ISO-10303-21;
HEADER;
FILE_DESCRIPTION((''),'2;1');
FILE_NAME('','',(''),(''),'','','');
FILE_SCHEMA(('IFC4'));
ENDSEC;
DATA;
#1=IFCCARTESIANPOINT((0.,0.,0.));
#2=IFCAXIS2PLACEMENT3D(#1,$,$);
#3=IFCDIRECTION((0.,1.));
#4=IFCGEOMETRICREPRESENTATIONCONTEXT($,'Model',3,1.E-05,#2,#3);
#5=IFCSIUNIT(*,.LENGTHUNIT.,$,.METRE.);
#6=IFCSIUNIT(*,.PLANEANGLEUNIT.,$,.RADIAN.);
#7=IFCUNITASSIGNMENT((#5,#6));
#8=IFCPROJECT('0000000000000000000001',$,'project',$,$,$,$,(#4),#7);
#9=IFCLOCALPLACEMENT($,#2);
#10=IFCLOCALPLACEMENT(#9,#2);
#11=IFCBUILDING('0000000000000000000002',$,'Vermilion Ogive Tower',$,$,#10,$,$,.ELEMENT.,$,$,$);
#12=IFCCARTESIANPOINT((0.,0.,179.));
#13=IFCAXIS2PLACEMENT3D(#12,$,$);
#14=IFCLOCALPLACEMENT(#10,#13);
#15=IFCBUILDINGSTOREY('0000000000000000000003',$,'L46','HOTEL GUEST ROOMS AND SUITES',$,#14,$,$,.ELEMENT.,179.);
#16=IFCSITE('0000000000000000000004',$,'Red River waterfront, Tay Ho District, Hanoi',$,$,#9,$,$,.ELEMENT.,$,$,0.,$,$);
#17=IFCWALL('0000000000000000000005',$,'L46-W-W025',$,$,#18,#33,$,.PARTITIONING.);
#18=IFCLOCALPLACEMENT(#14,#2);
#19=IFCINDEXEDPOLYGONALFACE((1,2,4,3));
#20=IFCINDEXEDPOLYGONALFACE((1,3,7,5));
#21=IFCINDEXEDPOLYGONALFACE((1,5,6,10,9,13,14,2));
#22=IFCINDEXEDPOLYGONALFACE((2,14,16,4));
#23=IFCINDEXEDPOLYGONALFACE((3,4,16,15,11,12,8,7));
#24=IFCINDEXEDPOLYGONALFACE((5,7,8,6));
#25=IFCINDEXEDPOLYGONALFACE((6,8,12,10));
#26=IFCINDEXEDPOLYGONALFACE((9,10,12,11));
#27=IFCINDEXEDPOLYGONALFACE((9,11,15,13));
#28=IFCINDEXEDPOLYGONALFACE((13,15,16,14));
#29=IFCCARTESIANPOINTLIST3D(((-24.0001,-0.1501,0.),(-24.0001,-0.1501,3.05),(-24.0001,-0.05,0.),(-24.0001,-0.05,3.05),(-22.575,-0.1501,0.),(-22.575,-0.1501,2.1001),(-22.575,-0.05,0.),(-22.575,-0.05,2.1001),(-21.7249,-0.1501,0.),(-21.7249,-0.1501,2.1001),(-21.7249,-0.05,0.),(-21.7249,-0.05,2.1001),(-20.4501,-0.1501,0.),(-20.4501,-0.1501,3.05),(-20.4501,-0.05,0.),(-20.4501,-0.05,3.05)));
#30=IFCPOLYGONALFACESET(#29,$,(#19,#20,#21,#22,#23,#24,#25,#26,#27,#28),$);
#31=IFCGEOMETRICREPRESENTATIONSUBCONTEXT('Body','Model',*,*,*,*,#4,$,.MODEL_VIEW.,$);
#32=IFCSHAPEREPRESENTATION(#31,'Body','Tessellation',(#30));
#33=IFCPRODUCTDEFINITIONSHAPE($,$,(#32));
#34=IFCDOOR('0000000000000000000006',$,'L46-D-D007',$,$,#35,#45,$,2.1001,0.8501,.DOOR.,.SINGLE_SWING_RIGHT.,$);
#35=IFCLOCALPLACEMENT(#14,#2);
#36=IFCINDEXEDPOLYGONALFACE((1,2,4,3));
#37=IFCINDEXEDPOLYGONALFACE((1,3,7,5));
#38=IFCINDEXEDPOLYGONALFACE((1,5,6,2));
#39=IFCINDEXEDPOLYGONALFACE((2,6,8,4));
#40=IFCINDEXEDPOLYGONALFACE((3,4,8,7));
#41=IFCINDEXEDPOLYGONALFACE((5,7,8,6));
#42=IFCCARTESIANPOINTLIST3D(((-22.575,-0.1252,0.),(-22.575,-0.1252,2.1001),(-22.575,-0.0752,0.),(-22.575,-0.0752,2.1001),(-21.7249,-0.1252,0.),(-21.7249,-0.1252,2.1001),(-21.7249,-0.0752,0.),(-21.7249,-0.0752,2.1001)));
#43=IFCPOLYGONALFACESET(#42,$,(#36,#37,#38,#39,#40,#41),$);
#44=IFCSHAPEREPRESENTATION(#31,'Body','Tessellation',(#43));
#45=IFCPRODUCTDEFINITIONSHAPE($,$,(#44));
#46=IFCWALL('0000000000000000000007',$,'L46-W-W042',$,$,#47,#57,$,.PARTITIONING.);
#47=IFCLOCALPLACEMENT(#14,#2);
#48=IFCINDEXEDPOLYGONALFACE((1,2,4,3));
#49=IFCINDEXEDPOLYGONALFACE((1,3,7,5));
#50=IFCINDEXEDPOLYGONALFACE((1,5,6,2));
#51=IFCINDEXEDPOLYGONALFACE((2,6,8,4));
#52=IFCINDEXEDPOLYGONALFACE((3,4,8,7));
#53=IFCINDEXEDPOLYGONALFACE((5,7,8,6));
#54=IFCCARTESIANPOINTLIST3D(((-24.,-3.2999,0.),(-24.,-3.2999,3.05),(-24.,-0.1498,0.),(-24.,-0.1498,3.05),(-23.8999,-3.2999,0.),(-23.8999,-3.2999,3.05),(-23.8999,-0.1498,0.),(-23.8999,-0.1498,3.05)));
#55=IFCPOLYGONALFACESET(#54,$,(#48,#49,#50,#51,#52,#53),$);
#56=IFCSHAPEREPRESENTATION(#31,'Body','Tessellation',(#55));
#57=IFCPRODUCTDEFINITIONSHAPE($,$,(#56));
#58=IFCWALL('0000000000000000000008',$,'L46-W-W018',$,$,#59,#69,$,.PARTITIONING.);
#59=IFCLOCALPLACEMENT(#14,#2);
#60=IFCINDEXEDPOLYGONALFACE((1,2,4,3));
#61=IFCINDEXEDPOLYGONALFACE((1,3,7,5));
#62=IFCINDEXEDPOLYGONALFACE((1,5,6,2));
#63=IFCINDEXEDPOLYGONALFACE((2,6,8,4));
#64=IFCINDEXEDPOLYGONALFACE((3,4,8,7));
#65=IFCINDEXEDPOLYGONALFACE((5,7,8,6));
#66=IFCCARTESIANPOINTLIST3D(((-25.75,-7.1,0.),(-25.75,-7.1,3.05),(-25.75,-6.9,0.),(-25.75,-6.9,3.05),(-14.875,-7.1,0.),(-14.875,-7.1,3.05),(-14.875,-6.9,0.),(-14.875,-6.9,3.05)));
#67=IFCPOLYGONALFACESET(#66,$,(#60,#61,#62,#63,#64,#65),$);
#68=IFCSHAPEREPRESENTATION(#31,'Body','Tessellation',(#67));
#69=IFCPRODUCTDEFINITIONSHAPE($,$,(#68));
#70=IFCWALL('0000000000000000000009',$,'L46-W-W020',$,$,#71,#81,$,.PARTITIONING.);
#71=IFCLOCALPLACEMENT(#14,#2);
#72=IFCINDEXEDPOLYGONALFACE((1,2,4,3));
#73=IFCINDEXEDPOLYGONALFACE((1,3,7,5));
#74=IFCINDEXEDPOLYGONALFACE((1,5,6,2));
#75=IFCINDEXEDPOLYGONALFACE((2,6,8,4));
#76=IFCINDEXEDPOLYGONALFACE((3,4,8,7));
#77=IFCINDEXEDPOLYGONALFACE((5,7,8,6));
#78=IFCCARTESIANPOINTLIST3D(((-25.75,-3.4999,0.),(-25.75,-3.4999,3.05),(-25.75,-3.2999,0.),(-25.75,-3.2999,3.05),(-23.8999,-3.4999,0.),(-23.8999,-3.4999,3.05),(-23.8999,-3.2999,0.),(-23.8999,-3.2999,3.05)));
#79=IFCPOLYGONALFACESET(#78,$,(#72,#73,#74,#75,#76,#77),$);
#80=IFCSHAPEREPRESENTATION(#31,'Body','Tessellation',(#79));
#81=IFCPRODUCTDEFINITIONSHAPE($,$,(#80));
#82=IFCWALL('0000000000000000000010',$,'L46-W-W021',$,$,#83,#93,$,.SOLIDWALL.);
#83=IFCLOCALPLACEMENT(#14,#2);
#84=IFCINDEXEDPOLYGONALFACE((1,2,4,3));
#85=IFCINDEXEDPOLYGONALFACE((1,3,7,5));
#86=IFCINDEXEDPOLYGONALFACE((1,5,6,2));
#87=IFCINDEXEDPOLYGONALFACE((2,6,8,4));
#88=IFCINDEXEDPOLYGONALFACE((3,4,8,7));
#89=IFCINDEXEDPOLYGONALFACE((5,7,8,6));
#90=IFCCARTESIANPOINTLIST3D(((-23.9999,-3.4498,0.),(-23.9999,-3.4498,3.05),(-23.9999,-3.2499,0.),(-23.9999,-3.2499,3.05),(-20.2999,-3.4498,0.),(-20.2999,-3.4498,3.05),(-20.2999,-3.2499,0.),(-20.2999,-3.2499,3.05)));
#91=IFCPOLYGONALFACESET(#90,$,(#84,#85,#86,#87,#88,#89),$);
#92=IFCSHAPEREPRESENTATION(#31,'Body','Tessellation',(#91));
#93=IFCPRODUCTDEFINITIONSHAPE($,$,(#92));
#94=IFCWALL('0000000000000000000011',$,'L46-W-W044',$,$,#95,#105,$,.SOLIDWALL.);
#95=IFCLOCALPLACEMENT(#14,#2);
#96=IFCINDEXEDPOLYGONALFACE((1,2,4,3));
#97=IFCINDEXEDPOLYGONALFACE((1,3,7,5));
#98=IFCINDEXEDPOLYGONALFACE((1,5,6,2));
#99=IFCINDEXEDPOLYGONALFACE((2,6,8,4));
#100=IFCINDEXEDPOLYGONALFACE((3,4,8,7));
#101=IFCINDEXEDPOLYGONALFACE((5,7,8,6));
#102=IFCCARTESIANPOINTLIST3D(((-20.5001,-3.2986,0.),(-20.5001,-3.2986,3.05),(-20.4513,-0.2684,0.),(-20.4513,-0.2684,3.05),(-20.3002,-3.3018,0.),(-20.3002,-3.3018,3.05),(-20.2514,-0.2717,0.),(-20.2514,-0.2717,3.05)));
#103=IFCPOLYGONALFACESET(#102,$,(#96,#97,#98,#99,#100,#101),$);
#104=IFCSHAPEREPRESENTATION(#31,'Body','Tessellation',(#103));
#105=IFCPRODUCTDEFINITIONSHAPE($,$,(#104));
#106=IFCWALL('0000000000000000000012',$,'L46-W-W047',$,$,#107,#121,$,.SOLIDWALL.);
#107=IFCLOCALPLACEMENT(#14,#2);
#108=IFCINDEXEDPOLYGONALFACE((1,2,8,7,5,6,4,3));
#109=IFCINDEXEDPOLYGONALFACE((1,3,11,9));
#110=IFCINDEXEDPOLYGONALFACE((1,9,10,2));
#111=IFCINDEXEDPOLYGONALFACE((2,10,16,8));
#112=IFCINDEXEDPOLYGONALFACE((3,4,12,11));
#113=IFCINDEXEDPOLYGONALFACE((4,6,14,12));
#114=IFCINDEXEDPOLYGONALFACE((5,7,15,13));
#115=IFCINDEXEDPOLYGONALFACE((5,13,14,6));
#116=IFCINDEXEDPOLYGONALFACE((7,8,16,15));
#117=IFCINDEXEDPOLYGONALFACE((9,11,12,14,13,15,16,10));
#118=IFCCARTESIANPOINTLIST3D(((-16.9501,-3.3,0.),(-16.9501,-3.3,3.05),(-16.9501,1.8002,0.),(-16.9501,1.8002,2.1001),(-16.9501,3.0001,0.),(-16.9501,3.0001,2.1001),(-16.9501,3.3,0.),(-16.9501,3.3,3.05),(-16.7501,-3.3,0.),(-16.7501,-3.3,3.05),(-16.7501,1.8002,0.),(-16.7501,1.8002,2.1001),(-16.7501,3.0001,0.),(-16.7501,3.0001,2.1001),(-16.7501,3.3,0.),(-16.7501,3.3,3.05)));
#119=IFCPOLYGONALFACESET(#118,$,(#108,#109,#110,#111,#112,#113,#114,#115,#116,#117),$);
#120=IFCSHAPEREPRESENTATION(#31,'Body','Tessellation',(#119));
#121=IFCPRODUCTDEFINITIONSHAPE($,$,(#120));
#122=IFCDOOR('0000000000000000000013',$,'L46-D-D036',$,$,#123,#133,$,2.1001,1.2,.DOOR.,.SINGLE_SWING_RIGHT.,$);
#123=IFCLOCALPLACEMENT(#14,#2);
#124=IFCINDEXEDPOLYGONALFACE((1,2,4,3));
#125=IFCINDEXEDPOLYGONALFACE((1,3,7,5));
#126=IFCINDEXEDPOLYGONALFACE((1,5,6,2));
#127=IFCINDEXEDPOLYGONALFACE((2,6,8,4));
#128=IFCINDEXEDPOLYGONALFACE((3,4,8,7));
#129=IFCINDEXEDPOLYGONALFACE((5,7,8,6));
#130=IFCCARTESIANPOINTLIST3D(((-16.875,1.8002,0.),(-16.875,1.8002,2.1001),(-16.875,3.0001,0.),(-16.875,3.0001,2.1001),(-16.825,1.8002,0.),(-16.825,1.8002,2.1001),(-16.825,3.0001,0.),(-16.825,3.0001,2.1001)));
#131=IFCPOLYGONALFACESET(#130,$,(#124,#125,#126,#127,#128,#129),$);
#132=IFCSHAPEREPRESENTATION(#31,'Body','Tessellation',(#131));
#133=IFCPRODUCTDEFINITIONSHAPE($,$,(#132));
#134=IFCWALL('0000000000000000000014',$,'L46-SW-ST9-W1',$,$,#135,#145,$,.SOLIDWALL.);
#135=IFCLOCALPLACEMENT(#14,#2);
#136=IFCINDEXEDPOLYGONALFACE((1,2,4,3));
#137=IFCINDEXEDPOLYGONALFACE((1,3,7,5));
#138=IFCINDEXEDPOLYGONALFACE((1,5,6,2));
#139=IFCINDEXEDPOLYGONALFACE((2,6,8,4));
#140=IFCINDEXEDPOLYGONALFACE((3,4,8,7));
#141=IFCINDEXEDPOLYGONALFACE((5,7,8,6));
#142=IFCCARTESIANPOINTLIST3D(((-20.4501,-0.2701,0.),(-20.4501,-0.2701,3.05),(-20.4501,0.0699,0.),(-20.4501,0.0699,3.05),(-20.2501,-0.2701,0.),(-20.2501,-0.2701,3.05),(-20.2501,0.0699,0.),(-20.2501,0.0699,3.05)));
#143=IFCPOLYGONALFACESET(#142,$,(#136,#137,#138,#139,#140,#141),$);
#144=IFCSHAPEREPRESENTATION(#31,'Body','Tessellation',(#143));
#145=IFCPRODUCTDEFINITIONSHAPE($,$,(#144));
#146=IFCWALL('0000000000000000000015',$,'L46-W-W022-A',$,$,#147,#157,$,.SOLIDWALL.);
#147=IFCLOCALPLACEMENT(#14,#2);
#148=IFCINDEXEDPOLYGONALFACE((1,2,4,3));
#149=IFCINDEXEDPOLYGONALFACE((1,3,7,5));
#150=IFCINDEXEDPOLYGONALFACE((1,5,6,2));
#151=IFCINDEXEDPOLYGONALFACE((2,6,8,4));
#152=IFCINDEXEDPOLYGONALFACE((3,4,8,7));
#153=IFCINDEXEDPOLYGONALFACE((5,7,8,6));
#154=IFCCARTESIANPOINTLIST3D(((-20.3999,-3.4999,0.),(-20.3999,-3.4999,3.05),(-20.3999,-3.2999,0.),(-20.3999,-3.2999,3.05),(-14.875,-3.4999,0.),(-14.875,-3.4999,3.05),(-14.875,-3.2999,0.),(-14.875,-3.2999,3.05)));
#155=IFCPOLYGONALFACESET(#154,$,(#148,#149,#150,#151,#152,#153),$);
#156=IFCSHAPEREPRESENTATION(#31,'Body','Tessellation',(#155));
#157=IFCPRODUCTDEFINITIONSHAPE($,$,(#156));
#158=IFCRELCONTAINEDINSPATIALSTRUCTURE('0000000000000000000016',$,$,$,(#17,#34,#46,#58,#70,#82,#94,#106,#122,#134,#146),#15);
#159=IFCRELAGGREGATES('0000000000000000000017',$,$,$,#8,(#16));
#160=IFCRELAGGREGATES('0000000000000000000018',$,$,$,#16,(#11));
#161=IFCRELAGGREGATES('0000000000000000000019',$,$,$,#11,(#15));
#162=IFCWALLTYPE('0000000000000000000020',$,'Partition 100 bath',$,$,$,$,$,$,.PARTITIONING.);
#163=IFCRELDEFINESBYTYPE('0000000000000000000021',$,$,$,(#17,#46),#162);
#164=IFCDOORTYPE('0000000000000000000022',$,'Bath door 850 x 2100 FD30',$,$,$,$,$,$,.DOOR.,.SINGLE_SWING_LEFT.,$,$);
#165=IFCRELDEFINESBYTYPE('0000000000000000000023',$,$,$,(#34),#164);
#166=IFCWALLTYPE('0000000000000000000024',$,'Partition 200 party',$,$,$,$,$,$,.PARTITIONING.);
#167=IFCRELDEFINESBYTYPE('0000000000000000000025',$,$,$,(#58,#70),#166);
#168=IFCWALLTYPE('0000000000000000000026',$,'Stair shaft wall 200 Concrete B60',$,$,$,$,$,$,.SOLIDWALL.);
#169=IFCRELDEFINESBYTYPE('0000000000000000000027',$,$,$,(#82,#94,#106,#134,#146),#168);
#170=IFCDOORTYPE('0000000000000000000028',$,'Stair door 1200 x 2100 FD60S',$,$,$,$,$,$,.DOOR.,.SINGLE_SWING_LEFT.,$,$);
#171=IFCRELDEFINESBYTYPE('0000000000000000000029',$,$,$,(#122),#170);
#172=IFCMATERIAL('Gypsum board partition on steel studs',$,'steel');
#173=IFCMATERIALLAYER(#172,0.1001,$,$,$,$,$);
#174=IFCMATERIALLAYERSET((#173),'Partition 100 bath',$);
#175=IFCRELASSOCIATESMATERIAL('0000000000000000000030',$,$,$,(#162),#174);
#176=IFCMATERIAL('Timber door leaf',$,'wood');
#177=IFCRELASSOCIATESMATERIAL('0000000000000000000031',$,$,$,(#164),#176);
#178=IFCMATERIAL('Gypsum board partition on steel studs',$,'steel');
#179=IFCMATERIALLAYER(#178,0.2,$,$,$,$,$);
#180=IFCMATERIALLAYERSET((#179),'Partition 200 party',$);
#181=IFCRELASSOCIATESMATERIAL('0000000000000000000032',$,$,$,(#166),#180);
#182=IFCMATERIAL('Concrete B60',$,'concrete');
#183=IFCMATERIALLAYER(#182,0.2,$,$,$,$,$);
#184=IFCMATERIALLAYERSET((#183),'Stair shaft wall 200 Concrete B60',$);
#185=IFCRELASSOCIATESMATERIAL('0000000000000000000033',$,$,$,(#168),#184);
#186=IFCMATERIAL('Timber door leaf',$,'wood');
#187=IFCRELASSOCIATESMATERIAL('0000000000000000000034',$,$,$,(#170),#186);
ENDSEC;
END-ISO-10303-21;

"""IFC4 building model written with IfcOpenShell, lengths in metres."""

from ifc_helpers import new_model, si_unit, direction, frame, frame_2d, origin, place, context, subcontext, project, spatial, rectangle, extrude, material, layer, layer_set, type_object, element, fill, save


model = new_model("IFC4")

# Units and contexts
model_context = context("Model", 3, precision=1e-05, world=origin(), true_north=direction((0.0, 1.0)))
body_context = subcontext(model_context, "Body", "Model", "MODEL_VIEW")
ifc_project = project(units=[si_unit("LENGTHUNIT", "METRE"), si_unit("PLANEANGLEUNIT", "RADIAN")], contexts=[model_context])

# Site, building, storey
site_placement = place(None, origin())
site = spatial("IfcSite", under=ifc_project, at=site_placement, Name="Red River waterfront, Tay Ho District, Hanoi", CompositionType="ELEMENT", RefElevation=0.0)
building_placement = place(site_placement, origin())
building = spatial("IfcBuilding", under=site, at=building_placement, Name="Vermilion Ogive Tower", CompositionType="ELEMENT")
storey_placement = place(building_placement, frame((0.0, 0.0, 179.0)))
storey = spatial("IfcBuildingStorey", under=building, at=storey_placement, Name="L46", Description="HOTEL GUEST ROOMS AND SUITES", CompositionType="ELEMENT", Elevation=179.0)

# Wall, opening, door
ifc_material_1 = material(Name="Gypsum board partition on steel studs", Category="steel")
ifc_layer_1 = layer(ifc_material_1, 0.1001)
ifc_layer_set_1 = layer_set([ifc_layer_1], Name="Partition 100 bath")
wall_type_1 = type_object("IfcWallType", Name="Partition 100 bath", PredefinedType="PARTITIONING", material=ifc_layer_set_1)
wall_1_placement = place(storey_placement, frame((-24.0, -0.1001, 0.0), z_axis=(0.0, 0.0, 1.0), x_axis=(1.0, 0.0, 0.0)))
wall_1 = element("IfcWall", 1, at=wall_1_placement, inside=storey, type_object=wall_type_1, Name="L46-W-W025", PredefinedType="PARTITIONING", context=body_context, shape_type="SweptSolid", body=[
    extrude(rectangle(XDim=3.55, YDim=0.1001, at=frame_2d((1.7749, 0.0))), origin(), (0.0, 0.0, 1.0), 3.05),
])
opening_1_placement = place(wall_1_placement, frame((1.425, 0.0, 0.0)))
opening_1 = element("IfcOpeningElement", 2, at=opening_1_placement, cuts=wall_1, PredefinedType="OPENING", context=body_context, shape_type="SweptSolid", body=[
    extrude(rectangle(XDim=0.8501, YDim=2.1001, at=frame_2d((0.425, 1.05))), frame((0.0, 0.0601, 0.0), z_axis=(0.0, -1.0, 0.0), x_axis=(1.0, 0.0, 0.0)), (0.0, 0.0, 1.0), 0.1201),
])
ifc_material_2 = material(Name="Timber door leaf", Category="wood")
door_type_1 = type_object("IfcDoorType", Name="Bath door 850 x 2100 FD30", OperationType="SINGLE_SWING_LEFT", PredefinedType="DOOR", material=ifc_material_2)
door_1_placement = place(opening_1_placement, origin())
door_1 = element("IfcDoor", 3, at=door_1_placement, inside=storey, type_object=door_type_1, Name="L46-D-D007", OperationType="SINGLE_SWING_RIGHT", OverallHeight=2.1001, OverallWidth=0.8501, PredefinedType="DOOR", context=body_context, shape_type="SweptSolid", body=[
    extrude(rectangle(XDim=0.8501, YDim=2.1001, at=frame_2d((0.425, 1.05))), frame((0.0, 0.0249, 0.0), z_axis=(0.0, -1.0, 0.0), x_axis=(1.0, 0.0, 0.0)), (0.0, 0.0, 1.0), 0.05),
])
fill(opening_1, door_1)

# Walls
wall_2_placement = place(storey_placement, frame((-23.95, -3.3, 0.0), z_axis=(0.0, 0.0, 1.0), x_axis=(0.0, 1.0, 0.0)))
element("IfcWall", 4, at=wall_2_placement, inside=storey, type_object=wall_type_1, Name="L46-W-W042", PredefinedType="PARTITIONING", context=body_context, shape_type="SweptSolid", body=[
    extrude(rectangle(XDim=3.1501, YDim=0.1001, at=frame_2d((1.5752, 0.0))), origin(), (0.0, 0.0, 1.0), 3.05),
])
ifc_material_3 = material(Name="Gypsum board partition on steel studs", Category="steel")
ifc_layer_2 = layer(ifc_material_3, 0.2)
ifc_layer_set_2 = layer_set([ifc_layer_2], Name="Partition 200 party")
wall_type_2 = type_object("IfcWallType", Name="Partition 200 party", PredefinedType="PARTITIONING", material=ifc_layer_set_2)
wall_3_placement = place(storey_placement, frame((-25.75, -7.0, 0.0), z_axis=(0.0, 0.0, 1.0), x_axis=(1.0, 0.0, 0.0)))
element("IfcWall", 5, at=wall_3_placement, inside=storey, type_object=wall_type_2, Name="L46-W-W018", PredefinedType="PARTITIONING", context=body_context, shape_type="SweptSolid", body=[
    extrude(rectangle(XDim=10.875, YDim=0.2, at=frame_2d((5.4375, 0.0))), origin(), (0.0, 0.0, 1.0), 3.05),
])
wall_4_placement = place(storey_placement, frame((-25.75, -3.3999, 0.0), z_axis=(0.0, 0.0, 1.0), x_axis=(1.0, 0.0, 0.0)))
element("IfcWall", 6, at=wall_4_placement, inside=storey, type_object=wall_type_2, Name="L46-W-W020", PredefinedType="PARTITIONING", context=body_context, shape_type="SweptSolid", body=[
    extrude(rectangle(XDim=1.8501, YDim=0.2, at=frame_2d((0.925, 0.0))), origin(), (0.0, 0.0, 1.0), 3.05),
])
ifc_material_4 = material(Name="Concrete B60", Category="concrete")
ifc_layer_3 = layer(ifc_material_4, 0.2)
ifc_layer_set_3 = layer_set([ifc_layer_3], Name="Stair shaft wall 200 Concrete B60")
wall_type_3 = type_object("IfcWallType", Name="Stair shaft wall 200 Concrete B60", PredefinedType="SOLIDWALL", material=ifc_layer_set_3)
wall_5_placement = place(storey_placement, frame((-24.0, -3.3499, 0.0), z_axis=(0.0, 0.0, 1.0), x_axis=(1.0, 0.0, 0.0)))
element("IfcWall", 7, at=wall_5_placement, inside=storey, type_object=wall_type_3, Name="L46-W-W021", PredefinedType="SOLIDWALL", context=body_context, shape_type="SweptSolid", body=[
    extrude(rectangle(XDim=3.7, YDim=0.2, at=frame_2d((1.8501, 0.0))), origin(), (0.0, 0.0, 1.0), 3.05),
])
wall_6_placement = place(storey_placement, frame((-20.4001, -3.3, 0.0), z_axis=(0.0, 0.0, 1.0), x_axis=(0.016113, 0.99987, 0.0)))
element("IfcWall", 8, at=wall_6_placement, inside=storey, type_object=wall_type_3, Name="L46-W-W044", PredefinedType="SOLIDWALL", context=body_context, shape_type="SweptSolid", body=[
    extrude(rectangle(XDim=3.0305, YDim=0.2, at=frame_2d((1.5151, 0.0))), origin(), (0.0, 0.0, 1.0), 3.05),
])

# Wall, opening, door
wall_7_placement = place(storey_placement, frame((-16.8501, -3.3, 0.0), z_axis=(0.0, 0.0, 1.0), x_axis=(0.0, 1.0, 0.0)))
wall_7 = element("IfcWall", 9, at=wall_7_placement, inside=storey, type_object=wall_type_3, Name="L46-W-W047", PredefinedType="SOLIDWALL", context=body_context, shape_type="SweptSolid", body=[
    extrude(rectangle(XDim=6.6001, YDim=0.2, at=frame_2d((3.3, 0.0))), origin(), (0.0, 0.0, 1.0), 3.05),
])
opening_2_placement = place(wall_7_placement, frame((5.1001, 0.0, 0.0)))
opening_2 = element("IfcOpeningElement", 10, at=opening_2_placement, cuts=wall_7, PredefinedType="OPENING", context=body_context, shape_type="SweptSolid", body=[
    extrude(rectangle(XDim=1.2, YDim=2.1001, at=frame_2d((0.6001, 1.05))), frame((0.0, 0.1099, 0.0), z_axis=(0.0, -1.0, 0.0), x_axis=(1.0, 0.0, 0.0)), (0.0, 0.0, 1.0), 0.22),
])
ifc_material_5 = material(Name="Timber door leaf", Category="wood")
door_type_2 = type_object("IfcDoorType", Name="Stair door 1200 x 2100 FD60S", OperationType="SINGLE_SWING_LEFT", PredefinedType="DOOR", material=ifc_material_5)
door_2_placement = place(opening_2_placement, origin())
door_2 = element("IfcDoor", 11, at=door_2_placement, inside=storey, type_object=door_type_2, Name="L46-D-D036", OperationType="SINGLE_SWING_RIGHT", OverallHeight=2.1001, OverallWidth=1.2, PredefinedType="DOOR", context=body_context, shape_type="SweptSolid", body=[
    extrude(rectangle(XDim=1.2, YDim=2.1001, at=frame_2d((0.6001, 1.05))), frame((0.0, 0.0249, 0.0), z_axis=(0.0, -1.0, 0.0), x_axis=(1.0, 0.0, 0.0)), (0.0, 0.0, 1.0), 0.05),
])
fill(opening_2, door_2)

# Walls
wall_8_placement = place(storey_placement, frame((-20.3501, -0.27, 0.0), z_axis=(0.0, 0.0, 1.0), x_axis=(0.0, 1.0, 0.0)))
element("IfcWall", 12, at=wall_8_placement, inside=storey, type_object=wall_type_3, Name="L46-SW-ST9-W1", PredefinedType="SOLIDWALL", context=body_context, shape_type="SweptSolid", body=[
    extrude(rectangle(XDim=0.3401, YDim=0.2, at=frame_2d((0.1699, 0.0))), origin(), (0.0, 0.0, 1.0), 3.05),
])
wall_9_placement = place(storey_placement, frame((-20.3999, -3.3999, 0.0), z_axis=(0.0, 0.0, 1.0), x_axis=(1.0, 0.0, 0.0)))
element("IfcWall", 13, at=wall_9_placement, inside=storey, type_object=wall_type_3, Name="L46-W-W022-A", PredefinedType="SOLIDWALL", context=body_context, shape_type="SweptSolid", body=[
    extrude(rectangle(XDim=5.5249, YDim=0.2, at=frame_2d((2.7625, 0.0))), origin(), (0.0, 0.0, 1.0), 3.05),
])

save(model, "model.ifc")
